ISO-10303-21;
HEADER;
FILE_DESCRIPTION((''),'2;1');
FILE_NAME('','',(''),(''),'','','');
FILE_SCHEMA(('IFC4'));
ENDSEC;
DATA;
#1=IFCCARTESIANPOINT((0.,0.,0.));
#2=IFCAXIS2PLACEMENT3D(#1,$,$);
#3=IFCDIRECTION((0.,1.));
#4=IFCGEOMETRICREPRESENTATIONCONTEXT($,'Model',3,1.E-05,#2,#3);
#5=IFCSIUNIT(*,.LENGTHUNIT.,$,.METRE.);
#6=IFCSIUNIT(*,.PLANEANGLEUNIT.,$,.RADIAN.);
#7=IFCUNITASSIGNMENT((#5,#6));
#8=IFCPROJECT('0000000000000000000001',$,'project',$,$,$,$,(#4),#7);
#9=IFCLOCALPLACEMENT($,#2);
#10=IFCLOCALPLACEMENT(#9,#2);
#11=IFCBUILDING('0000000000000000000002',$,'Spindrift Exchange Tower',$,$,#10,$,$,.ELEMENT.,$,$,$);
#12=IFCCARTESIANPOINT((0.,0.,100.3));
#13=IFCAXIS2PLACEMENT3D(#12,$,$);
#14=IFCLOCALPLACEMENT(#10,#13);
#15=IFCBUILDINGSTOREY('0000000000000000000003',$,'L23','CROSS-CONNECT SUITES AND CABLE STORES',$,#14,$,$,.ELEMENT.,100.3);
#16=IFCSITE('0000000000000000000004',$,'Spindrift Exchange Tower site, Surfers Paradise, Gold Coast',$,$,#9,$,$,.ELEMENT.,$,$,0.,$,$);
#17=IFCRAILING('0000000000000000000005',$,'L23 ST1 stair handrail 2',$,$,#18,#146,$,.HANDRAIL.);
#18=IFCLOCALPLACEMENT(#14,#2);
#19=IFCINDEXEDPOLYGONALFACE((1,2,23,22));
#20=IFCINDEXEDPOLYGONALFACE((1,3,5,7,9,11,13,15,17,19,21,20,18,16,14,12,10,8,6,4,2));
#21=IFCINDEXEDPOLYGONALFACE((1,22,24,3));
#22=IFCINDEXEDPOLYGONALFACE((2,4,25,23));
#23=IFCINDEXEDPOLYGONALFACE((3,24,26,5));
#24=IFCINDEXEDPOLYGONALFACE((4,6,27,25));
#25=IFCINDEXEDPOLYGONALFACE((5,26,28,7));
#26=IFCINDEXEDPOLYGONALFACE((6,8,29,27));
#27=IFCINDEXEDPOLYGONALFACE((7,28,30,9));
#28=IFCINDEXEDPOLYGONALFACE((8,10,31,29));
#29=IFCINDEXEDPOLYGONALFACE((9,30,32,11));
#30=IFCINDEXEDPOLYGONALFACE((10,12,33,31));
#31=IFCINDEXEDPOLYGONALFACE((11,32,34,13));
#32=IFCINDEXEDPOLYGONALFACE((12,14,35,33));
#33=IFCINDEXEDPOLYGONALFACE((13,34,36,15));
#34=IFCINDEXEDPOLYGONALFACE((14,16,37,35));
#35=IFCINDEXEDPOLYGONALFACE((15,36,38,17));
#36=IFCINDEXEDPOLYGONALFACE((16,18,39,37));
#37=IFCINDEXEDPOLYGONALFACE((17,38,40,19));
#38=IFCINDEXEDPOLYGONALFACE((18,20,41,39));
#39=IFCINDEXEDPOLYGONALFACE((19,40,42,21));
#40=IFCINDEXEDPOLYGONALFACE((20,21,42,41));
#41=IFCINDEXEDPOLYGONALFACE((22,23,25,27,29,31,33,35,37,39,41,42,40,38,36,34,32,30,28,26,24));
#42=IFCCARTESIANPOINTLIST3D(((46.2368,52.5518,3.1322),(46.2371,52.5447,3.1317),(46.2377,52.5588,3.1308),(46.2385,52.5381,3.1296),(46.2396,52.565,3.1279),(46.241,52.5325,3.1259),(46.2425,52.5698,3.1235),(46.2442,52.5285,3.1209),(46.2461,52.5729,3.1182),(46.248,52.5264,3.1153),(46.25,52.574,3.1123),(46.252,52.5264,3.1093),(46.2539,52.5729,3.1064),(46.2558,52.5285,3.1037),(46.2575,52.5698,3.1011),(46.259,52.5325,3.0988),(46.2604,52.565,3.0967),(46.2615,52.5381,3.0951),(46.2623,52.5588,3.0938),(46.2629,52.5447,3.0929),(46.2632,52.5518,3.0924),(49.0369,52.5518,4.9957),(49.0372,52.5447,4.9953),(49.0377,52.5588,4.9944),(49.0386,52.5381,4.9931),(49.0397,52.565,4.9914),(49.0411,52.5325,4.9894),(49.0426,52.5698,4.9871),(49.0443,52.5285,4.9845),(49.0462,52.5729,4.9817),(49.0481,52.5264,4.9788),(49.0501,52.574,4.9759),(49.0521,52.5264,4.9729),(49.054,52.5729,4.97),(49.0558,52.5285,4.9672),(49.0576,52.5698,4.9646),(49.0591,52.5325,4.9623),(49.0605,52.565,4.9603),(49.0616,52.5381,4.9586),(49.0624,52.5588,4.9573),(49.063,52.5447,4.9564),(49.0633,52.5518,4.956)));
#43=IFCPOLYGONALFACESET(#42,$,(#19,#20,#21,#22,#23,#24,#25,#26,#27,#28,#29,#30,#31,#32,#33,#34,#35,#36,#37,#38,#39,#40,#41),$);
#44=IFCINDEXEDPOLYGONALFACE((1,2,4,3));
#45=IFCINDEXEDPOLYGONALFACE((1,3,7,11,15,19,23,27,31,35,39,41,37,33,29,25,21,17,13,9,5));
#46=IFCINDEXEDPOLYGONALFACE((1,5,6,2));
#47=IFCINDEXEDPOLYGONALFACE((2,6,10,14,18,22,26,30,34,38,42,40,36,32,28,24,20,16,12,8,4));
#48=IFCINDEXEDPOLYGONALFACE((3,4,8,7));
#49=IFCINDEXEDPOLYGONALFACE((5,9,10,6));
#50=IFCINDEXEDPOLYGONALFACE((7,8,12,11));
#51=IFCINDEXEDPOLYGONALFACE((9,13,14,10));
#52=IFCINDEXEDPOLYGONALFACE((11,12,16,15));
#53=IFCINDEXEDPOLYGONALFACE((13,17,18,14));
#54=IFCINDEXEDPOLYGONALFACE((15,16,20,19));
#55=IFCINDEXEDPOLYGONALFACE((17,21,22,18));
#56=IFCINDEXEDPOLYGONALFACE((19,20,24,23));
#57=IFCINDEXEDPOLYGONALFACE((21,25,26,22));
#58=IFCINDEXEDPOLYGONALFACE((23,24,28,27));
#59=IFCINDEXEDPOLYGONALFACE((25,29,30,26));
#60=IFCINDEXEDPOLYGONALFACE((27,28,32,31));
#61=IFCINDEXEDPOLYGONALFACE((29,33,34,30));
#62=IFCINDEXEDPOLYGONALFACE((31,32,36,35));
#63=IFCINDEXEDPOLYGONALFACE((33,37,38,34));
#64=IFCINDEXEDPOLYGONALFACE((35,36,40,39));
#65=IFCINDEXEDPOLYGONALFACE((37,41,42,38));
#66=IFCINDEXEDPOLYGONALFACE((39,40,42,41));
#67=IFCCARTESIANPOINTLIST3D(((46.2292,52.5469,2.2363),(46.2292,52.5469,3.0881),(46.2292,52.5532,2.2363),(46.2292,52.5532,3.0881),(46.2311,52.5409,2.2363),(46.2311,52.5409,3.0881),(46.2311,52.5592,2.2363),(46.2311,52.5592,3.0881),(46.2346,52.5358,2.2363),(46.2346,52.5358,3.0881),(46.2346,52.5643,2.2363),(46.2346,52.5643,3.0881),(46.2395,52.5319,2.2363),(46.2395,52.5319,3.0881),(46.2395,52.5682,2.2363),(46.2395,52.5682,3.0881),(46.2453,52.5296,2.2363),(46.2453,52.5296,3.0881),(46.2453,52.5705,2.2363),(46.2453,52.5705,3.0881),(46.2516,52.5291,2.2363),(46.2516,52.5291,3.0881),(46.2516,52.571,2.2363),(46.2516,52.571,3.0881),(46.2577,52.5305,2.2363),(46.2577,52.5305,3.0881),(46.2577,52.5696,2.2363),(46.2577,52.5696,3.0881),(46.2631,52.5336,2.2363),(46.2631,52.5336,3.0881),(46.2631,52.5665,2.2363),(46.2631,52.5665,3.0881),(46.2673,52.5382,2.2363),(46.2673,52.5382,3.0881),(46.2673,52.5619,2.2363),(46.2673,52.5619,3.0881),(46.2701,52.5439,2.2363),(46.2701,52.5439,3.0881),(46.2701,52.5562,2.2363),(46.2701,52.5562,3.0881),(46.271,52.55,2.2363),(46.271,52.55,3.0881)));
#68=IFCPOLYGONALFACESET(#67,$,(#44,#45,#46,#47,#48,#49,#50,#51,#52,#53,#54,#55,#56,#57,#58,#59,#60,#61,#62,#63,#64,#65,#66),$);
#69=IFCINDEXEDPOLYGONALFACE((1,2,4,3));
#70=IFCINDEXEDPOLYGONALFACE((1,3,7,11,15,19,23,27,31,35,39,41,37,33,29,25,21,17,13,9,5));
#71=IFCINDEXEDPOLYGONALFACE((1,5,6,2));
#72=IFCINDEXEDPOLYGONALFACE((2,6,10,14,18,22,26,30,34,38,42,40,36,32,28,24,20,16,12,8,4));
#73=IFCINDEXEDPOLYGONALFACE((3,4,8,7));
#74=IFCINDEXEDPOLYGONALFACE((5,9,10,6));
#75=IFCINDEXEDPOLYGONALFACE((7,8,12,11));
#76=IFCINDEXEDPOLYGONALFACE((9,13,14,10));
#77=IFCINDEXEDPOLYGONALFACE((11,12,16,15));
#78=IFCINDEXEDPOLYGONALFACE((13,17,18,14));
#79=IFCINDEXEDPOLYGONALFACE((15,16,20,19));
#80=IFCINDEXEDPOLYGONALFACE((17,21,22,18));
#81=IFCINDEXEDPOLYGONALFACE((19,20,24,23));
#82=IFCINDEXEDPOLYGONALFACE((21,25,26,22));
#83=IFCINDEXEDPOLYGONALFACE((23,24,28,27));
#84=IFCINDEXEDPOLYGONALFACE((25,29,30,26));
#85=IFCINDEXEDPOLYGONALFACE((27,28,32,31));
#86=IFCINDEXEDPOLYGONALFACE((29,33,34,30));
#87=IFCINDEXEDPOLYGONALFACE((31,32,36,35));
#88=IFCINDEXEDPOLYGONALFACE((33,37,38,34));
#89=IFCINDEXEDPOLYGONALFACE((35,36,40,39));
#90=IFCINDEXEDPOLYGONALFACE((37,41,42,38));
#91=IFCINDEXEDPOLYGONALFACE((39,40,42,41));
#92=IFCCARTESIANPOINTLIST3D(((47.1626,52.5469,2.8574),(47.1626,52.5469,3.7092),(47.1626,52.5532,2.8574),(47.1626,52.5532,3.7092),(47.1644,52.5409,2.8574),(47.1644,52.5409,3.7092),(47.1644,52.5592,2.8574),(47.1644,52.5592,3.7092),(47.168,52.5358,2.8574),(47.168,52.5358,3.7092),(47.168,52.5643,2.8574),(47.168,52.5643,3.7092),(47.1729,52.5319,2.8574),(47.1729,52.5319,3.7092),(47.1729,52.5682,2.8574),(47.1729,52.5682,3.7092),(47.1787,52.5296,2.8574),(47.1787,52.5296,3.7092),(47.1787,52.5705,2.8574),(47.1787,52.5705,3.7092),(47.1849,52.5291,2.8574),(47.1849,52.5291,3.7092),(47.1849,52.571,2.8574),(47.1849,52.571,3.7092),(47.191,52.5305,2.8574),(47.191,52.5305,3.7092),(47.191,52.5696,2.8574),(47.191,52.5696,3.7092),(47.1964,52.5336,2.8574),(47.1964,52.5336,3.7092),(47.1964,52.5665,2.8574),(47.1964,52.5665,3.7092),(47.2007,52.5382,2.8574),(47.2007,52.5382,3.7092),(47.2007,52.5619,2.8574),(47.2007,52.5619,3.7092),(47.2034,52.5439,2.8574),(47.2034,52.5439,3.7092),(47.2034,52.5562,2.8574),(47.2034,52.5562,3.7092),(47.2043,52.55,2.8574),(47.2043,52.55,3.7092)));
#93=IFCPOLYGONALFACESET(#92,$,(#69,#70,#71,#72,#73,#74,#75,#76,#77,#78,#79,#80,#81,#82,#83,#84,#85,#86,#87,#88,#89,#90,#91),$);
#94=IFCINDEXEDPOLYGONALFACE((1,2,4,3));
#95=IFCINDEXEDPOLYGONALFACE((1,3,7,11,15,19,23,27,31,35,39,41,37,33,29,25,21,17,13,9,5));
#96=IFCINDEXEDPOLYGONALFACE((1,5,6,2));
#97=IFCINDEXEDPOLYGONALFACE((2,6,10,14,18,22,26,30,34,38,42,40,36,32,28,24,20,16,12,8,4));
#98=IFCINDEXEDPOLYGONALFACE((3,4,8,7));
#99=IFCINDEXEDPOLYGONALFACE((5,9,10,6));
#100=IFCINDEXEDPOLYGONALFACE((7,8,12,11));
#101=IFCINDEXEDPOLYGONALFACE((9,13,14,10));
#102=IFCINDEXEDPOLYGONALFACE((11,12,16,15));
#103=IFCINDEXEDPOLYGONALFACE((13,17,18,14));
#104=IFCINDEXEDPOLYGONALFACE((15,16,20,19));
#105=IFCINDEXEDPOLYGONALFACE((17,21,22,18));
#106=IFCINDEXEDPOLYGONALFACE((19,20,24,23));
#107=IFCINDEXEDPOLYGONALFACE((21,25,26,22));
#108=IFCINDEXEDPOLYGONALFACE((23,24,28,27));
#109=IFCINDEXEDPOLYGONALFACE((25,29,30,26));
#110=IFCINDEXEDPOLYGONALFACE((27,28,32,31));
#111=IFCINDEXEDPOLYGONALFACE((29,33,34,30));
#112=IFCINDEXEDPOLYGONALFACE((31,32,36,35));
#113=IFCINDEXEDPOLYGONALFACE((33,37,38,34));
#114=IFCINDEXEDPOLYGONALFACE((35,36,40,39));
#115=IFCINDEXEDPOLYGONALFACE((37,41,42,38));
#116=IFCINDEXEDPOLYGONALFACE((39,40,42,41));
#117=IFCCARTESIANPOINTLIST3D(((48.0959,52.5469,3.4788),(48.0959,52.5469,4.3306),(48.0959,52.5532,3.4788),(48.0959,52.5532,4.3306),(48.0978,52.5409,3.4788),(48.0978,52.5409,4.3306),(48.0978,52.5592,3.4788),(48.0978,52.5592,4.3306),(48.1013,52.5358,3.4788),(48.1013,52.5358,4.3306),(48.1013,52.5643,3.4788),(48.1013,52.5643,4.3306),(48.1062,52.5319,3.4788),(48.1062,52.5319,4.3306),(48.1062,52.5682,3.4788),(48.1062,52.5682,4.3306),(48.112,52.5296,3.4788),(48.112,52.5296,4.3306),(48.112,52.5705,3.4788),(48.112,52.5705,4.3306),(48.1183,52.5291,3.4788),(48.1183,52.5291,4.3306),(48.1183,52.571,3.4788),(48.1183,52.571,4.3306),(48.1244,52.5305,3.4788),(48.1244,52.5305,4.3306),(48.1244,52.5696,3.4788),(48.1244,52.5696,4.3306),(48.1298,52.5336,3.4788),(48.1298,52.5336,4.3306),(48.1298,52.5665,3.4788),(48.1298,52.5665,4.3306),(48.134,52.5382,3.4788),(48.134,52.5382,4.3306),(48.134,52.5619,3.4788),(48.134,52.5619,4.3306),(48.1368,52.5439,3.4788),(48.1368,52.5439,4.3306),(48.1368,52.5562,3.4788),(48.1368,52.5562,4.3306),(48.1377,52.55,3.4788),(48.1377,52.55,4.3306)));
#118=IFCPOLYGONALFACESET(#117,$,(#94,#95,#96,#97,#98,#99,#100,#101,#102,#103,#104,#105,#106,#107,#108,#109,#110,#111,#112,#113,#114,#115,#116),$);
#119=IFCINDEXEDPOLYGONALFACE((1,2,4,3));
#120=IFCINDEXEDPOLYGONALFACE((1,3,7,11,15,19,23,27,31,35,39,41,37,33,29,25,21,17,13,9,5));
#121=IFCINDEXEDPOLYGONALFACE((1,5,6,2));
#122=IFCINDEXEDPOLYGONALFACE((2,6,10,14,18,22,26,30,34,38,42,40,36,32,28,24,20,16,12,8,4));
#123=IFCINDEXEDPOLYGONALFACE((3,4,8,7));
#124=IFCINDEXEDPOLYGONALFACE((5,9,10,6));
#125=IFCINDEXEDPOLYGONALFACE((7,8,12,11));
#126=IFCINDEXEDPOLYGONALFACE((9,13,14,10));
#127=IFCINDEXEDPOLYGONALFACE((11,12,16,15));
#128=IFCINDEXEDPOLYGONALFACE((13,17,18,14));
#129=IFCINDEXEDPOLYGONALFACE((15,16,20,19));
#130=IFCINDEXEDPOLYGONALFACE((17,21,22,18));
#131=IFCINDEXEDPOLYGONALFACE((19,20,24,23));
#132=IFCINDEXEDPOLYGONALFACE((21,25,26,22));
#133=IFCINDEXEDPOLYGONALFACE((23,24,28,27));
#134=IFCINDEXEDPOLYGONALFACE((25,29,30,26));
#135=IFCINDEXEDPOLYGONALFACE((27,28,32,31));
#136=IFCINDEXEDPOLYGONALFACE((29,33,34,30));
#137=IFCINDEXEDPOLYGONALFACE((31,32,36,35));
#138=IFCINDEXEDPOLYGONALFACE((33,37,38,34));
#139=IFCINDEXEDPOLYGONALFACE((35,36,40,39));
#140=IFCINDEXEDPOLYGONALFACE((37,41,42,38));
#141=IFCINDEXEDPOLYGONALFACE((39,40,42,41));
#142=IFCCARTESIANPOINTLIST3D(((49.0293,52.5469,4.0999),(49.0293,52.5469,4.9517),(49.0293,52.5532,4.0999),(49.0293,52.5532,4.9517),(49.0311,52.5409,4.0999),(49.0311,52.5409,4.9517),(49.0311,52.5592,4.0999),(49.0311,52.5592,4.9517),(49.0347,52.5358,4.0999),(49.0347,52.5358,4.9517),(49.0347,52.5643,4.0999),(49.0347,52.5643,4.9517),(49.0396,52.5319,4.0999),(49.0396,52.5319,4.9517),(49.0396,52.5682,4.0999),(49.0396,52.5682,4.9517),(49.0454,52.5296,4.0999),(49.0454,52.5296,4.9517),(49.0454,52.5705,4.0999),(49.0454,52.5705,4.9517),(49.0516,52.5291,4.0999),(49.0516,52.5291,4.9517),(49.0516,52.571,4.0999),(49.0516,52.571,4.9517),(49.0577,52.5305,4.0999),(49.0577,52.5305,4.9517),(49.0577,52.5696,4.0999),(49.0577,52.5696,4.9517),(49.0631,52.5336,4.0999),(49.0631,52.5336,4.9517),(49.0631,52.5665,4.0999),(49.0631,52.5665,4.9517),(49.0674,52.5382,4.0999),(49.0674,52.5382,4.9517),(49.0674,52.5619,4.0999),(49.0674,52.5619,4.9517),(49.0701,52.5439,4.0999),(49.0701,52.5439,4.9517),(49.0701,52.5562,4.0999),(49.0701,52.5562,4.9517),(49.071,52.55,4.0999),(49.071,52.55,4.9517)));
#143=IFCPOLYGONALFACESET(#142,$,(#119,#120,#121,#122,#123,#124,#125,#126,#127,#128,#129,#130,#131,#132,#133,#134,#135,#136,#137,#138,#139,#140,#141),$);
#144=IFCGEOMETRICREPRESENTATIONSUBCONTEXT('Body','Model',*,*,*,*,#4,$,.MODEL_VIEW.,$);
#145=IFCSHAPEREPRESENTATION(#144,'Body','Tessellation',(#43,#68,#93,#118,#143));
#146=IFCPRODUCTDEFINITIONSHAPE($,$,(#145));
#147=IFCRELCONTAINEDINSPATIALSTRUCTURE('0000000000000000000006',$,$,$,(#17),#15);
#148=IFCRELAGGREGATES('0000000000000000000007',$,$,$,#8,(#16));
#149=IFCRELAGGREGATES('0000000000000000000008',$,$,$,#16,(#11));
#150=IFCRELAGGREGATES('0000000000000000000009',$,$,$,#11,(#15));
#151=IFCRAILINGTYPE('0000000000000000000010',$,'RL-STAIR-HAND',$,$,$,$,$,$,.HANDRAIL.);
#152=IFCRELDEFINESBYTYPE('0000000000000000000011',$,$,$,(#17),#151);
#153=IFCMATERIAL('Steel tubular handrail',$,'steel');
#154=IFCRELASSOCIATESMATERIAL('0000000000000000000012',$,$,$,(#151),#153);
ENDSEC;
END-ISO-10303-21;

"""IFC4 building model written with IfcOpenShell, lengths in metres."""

from ifc_helpers import new_model, si_unit, direction, frame, origin, origin_2d, place, context, subcontext, project, spatial, circle, extrude, material, type_object, element, save


model = new_model("IFC4")

# Units and contexts
model_context = context("Model", 3, precision=1e-05, world=origin(), true_north=direction((0.0, 1.0)))
body_context = subcontext(model_context, "Body", "Model", "MODEL_VIEW")
ifc_project = project(units=[si_unit("LENGTHUNIT", "METRE"), si_unit("PLANEANGLEUNIT", "RADIAN")], contexts=[model_context])

# Site, building, storey
site_placement = place(None, origin())
site = spatial("IfcSite", under=ifc_project, at=site_placement, Name="Spindrift Exchange Tower site, Surfers Paradise, Gold Coast", CompositionType="ELEMENT", RefElevation=0.0)
building_placement = place(site_placement, origin())
building = spatial("IfcBuilding", under=site, at=building_placement, Name="Spindrift Exchange Tower", CompositionType="ELEMENT")
storey_placement = place(building_placement, frame((0.0, 0.0, 100.3)))
storey = spatial("IfcBuildingStorey", under=building, at=storey_placement, Name="L23", Description="CROSS-CONNECT SUITES AND CABLE STORES", CompositionType="ELEMENT", Elevation=100.3)

# Railing
ifc_material_1 = material(Name="Steel tubular handrail", Category="steel")
railing_type_1 = type_object("IfcRailingType", Name="RL-STAIR-HAND", PredefinedType="HANDRAIL", material=ifc_material_1)
railing_1_placement = place(storey_placement, frame((46.25, 52.55, 2.2363)))
element("IfcRailing", 1, at=railing_1_placement, inside=storey, type_object=railing_type_1, Name="L23 ST1 stair handrail 2", PredefinedType="HANDRAIL", context=body_context, shape_type="SweptSolid", body=[
    extrude(circle(Radius=0.0239, at=origin_2d()), frame((0.0, 0.0, 0.876), z_axis=(0.832486, 0.0, 0.554047), x_axis=(0.0, 1.0, 0.0)), (0.0, 0.0, 1.0), 3.3635),
    extrude(circle(Radius=0.021, at=origin_2d()), origin(), (0.0, 0.0, 1.0), 0.8518),
    extrude(circle(Radius=0.021, at=origin_2d()), frame((0.9333, 0.0, 0.6211)), (0.0, 0.0, 1.0), 0.8518),
    extrude(circle(Radius=0.021, at=origin_2d()), frame((1.8667, 0.0, 1.2424)), (0.0, 0.0, 1.0), 0.8518),
    extrude(circle(Radius=0.021, at=origin_2d()), frame((2.8, 0.0, 1.8635)), (0.0, 0.0, 1.0), 0.8518),
])

save(model, "model.ifc")
